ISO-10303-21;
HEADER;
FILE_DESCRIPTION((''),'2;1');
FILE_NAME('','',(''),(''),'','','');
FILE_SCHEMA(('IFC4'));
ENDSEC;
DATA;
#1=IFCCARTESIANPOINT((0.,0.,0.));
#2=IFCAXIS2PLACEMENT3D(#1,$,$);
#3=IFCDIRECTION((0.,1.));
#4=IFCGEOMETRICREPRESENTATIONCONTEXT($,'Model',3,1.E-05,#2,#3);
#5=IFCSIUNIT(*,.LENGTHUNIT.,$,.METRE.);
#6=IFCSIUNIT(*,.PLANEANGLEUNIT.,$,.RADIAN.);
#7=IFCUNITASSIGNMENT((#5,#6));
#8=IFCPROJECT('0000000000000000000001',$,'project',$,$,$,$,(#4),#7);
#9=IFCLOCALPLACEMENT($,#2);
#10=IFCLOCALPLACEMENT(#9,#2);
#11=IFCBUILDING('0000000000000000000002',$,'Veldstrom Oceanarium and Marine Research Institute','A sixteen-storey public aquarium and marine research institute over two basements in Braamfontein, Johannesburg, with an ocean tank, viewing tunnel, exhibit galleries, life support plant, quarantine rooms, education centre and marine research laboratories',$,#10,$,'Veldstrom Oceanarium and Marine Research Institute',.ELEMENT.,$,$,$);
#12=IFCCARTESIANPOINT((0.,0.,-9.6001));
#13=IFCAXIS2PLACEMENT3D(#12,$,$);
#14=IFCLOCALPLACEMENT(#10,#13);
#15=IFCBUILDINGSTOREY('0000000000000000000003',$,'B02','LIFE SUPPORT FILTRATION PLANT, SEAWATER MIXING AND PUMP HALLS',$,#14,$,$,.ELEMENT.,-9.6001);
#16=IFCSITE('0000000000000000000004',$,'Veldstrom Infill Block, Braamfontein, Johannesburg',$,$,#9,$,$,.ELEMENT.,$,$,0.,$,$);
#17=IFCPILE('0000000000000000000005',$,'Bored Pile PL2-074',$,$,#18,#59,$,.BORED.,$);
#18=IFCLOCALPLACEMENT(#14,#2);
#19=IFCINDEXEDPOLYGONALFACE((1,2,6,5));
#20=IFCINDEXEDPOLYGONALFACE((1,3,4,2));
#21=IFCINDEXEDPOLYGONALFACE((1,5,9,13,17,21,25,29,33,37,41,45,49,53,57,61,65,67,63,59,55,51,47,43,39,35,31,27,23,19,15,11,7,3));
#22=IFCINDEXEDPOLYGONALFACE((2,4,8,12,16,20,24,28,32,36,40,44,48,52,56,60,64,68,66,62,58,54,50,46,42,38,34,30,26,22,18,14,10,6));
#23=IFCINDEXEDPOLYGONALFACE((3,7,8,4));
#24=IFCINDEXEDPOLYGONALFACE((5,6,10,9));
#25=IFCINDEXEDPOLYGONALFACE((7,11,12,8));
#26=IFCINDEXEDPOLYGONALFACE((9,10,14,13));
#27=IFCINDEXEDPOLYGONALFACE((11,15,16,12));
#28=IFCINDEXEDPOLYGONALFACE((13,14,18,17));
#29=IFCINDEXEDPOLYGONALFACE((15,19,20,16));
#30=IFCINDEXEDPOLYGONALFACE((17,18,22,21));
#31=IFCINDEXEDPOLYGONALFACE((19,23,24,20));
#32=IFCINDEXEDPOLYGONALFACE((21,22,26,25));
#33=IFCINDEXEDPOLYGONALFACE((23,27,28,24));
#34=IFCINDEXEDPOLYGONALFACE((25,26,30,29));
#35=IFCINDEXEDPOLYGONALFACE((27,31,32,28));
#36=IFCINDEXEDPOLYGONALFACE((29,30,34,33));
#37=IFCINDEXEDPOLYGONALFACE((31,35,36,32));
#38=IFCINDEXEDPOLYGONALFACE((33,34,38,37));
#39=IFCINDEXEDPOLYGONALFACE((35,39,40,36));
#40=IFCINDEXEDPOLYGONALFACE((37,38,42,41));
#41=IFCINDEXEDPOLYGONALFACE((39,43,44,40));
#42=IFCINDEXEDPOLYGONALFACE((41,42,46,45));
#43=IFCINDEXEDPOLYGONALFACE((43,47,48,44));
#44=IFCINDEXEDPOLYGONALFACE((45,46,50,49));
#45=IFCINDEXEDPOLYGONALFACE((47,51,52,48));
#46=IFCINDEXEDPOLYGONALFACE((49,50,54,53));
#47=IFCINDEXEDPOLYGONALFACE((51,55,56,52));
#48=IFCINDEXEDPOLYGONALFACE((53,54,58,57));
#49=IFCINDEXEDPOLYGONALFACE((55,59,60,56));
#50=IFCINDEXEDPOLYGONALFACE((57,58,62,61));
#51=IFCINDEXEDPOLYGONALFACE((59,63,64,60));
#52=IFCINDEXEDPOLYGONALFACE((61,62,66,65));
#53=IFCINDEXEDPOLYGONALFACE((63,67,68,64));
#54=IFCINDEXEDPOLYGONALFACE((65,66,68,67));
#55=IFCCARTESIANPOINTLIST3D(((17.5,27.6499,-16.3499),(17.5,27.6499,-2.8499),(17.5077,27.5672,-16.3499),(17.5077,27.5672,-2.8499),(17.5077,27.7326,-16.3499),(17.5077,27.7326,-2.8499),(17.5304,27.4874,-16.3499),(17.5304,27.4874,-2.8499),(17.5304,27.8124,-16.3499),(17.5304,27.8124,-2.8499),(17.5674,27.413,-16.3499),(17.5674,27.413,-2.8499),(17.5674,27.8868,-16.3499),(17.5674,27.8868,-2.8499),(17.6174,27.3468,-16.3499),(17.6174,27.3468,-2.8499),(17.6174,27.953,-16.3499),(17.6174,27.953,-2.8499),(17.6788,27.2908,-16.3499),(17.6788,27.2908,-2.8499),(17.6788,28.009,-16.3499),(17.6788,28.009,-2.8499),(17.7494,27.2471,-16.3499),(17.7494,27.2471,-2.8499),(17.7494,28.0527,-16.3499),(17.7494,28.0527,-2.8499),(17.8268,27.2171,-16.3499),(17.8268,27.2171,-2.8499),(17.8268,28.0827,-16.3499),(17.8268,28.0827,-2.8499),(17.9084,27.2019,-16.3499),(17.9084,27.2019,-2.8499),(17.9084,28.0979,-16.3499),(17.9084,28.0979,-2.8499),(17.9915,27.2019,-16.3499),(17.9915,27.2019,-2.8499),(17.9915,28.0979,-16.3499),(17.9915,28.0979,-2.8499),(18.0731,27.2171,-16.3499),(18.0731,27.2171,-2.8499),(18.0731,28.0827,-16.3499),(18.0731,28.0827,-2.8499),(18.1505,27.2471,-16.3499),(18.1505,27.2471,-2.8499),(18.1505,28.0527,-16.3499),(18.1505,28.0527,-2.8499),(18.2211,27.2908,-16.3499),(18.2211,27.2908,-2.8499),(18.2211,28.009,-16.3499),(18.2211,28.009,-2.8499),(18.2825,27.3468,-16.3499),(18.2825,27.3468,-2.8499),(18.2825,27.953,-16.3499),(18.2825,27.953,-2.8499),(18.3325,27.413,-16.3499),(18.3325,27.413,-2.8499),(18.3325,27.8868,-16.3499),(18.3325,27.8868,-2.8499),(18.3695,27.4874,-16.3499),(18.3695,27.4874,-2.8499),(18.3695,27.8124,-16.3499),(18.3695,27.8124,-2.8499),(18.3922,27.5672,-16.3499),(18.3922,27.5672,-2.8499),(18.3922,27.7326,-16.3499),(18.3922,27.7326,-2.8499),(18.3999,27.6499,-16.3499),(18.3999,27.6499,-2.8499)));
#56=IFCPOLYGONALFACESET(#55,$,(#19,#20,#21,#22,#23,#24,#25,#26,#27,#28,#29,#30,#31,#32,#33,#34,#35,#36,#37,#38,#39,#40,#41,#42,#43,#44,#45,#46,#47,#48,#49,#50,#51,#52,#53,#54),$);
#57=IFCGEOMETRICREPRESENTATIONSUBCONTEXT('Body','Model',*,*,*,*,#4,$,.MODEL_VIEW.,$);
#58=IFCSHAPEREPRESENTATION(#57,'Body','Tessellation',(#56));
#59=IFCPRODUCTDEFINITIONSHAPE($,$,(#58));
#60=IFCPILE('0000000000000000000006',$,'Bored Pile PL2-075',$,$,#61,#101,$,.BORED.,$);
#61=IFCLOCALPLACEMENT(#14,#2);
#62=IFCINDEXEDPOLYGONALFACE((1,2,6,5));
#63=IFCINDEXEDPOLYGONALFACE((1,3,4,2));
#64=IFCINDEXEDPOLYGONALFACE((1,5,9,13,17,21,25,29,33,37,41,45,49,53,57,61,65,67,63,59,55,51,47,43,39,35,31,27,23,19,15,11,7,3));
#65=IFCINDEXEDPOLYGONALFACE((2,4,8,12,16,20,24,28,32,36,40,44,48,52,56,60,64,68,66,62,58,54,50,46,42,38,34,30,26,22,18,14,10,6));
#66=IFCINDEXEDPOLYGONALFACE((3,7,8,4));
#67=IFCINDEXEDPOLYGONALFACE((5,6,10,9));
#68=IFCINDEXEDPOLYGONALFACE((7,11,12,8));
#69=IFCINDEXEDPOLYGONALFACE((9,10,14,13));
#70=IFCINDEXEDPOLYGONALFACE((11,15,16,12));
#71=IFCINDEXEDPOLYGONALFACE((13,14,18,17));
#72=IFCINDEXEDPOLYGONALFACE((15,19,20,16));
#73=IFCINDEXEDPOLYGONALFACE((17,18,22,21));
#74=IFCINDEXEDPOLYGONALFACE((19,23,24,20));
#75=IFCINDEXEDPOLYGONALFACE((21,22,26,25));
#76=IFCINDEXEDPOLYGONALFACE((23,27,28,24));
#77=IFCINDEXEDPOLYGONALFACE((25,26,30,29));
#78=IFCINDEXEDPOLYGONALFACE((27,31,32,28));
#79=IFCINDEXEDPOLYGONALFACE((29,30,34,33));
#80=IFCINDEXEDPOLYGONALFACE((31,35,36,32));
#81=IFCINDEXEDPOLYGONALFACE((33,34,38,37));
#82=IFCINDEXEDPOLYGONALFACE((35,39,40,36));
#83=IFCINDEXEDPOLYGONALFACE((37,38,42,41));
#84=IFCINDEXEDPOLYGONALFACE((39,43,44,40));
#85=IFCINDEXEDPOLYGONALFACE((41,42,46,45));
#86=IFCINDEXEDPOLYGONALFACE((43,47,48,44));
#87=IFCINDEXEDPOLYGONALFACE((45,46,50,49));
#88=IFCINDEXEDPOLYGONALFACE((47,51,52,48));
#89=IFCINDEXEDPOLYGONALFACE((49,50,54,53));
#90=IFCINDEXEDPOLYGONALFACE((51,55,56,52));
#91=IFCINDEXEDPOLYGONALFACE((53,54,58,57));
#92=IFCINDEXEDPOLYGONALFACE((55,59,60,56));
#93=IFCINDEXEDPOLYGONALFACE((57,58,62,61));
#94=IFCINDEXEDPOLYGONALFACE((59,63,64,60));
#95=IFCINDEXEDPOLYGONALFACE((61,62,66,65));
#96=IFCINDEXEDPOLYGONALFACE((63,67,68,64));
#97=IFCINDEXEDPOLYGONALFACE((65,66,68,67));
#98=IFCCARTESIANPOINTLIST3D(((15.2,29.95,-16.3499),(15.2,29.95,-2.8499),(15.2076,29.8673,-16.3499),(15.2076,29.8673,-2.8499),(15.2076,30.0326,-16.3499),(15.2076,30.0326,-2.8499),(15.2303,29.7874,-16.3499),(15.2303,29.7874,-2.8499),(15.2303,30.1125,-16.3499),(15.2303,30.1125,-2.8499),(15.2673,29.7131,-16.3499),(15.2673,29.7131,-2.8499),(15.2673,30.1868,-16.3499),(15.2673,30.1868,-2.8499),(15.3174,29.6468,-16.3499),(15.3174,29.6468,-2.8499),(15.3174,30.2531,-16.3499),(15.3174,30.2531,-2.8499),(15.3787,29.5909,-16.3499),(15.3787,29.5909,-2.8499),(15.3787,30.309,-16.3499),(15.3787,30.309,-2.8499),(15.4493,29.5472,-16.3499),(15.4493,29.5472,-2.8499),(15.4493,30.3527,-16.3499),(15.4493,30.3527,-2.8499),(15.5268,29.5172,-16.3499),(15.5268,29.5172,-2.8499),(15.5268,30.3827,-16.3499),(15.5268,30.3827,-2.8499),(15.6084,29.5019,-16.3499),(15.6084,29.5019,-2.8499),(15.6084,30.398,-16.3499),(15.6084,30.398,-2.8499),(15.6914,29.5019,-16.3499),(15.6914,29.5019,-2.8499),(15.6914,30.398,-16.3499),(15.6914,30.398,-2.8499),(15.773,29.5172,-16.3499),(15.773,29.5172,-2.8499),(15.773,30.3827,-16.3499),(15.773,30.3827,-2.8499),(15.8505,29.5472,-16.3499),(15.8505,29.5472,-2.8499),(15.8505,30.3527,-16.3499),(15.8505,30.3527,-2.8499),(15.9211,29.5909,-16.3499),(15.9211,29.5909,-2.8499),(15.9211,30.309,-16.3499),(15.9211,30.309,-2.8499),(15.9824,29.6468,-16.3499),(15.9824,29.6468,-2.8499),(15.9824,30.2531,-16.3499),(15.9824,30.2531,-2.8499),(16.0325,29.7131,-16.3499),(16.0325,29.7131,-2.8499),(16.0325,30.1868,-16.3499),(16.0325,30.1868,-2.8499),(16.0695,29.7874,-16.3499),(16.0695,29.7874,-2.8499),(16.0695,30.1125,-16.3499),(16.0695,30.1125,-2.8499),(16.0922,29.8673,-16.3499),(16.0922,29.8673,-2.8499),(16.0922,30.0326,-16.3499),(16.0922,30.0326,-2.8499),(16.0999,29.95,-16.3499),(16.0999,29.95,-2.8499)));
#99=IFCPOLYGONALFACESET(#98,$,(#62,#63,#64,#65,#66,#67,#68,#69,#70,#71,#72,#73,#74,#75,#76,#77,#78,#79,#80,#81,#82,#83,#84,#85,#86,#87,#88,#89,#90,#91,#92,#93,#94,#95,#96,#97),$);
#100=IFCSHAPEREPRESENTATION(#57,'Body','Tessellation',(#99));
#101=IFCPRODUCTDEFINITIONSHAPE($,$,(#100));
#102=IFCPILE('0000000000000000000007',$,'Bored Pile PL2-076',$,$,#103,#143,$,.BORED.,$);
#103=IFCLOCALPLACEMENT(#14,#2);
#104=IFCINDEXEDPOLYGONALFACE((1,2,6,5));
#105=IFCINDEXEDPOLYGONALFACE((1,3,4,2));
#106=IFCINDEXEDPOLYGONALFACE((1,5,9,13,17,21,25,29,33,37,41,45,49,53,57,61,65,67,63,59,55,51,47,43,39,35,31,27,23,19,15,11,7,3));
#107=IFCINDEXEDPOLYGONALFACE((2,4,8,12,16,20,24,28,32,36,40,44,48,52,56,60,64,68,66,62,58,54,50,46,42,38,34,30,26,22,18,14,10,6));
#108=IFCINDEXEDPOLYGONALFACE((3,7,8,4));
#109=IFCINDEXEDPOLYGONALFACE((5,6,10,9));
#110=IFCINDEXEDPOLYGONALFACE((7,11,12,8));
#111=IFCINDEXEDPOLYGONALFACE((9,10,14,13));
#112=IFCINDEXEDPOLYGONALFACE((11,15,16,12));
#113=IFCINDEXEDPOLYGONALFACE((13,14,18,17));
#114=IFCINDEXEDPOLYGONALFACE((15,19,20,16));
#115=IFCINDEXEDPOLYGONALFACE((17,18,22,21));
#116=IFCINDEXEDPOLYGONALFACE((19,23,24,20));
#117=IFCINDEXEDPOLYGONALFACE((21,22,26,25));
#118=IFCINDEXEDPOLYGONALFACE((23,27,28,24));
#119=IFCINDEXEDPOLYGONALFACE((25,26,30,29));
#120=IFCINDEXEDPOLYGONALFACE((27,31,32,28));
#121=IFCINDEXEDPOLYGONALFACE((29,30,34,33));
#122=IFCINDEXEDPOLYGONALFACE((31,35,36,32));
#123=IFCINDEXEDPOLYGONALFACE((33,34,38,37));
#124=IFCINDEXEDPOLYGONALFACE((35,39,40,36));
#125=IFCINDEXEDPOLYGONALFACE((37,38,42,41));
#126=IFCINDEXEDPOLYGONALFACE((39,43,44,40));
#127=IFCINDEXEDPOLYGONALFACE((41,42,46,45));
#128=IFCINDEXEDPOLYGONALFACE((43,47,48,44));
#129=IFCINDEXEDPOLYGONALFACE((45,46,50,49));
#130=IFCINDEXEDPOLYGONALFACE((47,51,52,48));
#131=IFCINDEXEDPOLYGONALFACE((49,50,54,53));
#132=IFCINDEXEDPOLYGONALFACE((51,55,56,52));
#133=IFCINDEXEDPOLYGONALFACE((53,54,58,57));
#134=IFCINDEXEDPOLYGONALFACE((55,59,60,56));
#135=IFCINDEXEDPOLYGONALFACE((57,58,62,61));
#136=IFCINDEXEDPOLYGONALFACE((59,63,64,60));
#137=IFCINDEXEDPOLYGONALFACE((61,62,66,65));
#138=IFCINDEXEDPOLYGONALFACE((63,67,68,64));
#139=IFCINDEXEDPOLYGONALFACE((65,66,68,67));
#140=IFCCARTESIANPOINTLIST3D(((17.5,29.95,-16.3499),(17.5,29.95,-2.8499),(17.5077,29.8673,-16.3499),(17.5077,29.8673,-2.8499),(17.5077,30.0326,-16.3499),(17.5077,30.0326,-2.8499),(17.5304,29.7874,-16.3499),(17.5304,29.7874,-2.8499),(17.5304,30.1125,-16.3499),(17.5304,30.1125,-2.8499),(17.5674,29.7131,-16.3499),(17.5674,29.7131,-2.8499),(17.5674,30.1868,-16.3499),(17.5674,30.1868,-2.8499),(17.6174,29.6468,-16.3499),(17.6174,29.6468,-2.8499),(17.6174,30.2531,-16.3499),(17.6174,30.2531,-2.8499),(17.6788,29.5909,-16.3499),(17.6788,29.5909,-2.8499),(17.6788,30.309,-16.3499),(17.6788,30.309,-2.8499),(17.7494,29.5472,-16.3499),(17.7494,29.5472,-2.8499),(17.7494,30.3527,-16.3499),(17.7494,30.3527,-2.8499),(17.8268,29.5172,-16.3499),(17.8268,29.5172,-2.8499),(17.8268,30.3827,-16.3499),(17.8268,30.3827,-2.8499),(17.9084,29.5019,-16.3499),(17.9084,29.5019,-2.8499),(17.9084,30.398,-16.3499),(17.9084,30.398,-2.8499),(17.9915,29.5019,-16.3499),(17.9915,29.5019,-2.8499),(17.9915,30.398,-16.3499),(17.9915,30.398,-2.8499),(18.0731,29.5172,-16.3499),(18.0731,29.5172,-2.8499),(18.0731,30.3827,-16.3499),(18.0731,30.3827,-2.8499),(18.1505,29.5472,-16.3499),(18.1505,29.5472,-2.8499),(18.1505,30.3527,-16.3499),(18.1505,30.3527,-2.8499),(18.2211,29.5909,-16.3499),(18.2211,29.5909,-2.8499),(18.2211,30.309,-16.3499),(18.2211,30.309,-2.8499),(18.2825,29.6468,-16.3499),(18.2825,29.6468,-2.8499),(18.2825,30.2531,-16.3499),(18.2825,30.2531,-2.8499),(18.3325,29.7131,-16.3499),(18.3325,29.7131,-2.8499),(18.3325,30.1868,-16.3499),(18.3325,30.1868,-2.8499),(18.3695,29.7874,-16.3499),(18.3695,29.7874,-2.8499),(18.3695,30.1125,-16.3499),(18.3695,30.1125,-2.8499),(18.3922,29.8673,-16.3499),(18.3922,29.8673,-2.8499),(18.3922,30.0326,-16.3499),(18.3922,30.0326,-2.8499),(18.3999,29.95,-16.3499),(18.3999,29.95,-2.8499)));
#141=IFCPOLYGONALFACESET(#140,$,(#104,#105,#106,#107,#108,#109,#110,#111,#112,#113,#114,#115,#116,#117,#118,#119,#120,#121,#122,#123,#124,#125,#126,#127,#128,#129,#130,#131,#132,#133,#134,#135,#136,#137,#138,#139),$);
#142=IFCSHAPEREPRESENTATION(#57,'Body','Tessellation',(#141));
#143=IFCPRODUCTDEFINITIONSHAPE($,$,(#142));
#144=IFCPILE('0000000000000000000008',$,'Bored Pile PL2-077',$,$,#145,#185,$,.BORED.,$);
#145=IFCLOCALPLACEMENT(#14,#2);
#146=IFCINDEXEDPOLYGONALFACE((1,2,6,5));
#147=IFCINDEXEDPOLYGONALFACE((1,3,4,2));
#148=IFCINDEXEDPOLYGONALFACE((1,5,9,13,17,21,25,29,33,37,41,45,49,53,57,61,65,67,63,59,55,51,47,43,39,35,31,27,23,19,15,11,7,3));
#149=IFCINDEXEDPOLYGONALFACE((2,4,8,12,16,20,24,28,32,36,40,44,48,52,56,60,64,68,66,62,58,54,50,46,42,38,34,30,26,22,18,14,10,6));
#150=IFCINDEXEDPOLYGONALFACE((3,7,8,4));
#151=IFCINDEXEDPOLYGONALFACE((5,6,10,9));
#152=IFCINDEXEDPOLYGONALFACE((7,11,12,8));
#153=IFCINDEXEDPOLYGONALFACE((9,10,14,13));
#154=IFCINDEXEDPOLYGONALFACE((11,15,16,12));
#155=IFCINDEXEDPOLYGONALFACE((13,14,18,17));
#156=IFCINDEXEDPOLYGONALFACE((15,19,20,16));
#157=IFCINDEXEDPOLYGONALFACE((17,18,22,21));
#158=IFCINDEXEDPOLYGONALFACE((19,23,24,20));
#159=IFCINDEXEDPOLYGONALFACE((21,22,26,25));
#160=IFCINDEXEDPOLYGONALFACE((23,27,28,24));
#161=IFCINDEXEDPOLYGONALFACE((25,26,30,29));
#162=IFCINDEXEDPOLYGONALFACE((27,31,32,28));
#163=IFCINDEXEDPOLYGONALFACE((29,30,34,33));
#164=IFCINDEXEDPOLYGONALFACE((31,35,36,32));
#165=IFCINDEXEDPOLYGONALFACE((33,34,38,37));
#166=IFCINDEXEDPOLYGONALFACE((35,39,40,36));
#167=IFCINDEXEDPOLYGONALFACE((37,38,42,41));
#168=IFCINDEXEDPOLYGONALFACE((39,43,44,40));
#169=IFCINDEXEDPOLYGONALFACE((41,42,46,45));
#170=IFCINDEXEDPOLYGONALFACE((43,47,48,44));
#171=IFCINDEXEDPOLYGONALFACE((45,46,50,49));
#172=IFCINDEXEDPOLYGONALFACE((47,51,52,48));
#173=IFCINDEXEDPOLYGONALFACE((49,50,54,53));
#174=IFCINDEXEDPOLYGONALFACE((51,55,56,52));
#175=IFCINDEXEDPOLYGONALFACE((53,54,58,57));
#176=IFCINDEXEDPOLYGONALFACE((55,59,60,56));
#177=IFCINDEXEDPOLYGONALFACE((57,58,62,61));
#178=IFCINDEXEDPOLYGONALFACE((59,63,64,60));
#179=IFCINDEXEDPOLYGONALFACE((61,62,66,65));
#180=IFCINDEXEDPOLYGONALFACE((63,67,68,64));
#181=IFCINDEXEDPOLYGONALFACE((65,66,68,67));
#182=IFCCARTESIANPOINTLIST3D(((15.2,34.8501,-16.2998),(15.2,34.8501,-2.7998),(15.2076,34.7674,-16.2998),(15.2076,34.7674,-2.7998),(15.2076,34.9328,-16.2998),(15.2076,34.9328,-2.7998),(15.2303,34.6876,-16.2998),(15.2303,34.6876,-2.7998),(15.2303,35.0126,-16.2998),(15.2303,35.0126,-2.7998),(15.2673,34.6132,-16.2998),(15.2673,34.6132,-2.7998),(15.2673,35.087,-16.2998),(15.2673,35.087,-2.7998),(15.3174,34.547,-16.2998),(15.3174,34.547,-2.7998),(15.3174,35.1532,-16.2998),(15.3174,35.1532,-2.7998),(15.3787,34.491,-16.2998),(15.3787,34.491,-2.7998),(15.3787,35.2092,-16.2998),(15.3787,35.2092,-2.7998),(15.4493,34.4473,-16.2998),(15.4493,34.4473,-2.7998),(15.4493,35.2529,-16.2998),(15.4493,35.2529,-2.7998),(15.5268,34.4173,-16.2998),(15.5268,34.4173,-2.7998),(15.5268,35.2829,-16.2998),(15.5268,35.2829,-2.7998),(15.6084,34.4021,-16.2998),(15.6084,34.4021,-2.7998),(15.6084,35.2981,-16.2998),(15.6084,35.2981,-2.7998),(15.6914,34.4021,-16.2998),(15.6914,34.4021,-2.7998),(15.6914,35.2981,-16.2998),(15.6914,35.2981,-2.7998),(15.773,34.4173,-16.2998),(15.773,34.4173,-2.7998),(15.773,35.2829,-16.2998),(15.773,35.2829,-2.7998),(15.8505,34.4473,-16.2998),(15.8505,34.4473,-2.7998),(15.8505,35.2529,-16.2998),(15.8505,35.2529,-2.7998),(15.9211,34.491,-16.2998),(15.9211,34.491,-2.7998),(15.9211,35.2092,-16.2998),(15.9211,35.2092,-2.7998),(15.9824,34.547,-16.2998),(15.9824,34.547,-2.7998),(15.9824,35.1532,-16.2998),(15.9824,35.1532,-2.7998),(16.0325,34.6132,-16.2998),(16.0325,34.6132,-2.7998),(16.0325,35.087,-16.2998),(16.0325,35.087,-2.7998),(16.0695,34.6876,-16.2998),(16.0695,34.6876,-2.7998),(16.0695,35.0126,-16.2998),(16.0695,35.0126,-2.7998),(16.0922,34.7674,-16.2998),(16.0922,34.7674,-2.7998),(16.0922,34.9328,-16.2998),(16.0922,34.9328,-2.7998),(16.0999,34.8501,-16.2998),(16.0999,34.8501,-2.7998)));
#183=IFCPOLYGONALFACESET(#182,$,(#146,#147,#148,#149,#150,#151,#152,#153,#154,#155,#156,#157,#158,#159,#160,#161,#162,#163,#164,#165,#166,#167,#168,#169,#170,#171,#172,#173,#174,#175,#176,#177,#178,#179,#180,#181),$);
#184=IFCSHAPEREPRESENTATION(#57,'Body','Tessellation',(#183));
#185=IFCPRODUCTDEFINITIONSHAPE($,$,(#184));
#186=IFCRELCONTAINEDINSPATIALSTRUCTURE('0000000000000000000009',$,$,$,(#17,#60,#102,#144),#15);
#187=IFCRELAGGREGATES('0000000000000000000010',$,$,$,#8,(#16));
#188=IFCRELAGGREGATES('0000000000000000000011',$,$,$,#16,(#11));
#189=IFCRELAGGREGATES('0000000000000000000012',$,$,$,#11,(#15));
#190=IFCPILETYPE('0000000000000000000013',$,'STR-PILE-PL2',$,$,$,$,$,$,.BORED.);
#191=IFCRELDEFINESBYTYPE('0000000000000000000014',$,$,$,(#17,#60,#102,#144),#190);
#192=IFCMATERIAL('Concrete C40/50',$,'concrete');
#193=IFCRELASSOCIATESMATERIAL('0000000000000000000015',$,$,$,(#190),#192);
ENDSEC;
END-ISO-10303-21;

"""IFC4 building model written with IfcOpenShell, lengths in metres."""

from ifc_helpers import new_model, si_unit, direction, frame, origin, origin_2d, place, context, subcontext, project, spatial, circle, extrude, material, material_profile, profile_set, type_object, element, save


model = new_model("IFC4")

# Units and contexts
model_context = context("Model", 3, precision=1e-05, world=origin(), true_north=direction((0.0, 1.0)))
body_context = subcontext(model_context, "Body", "Model", "MODEL_VIEW")
ifc_project = project(units=[si_unit("LENGTHUNIT", "METRE"), si_unit("PLANEANGLEUNIT", "RADIAN")], contexts=[model_context])

# Site, building, storey
site_placement = place(None, origin())
site = spatial("IfcSite", under=ifc_project, at=site_placement, Name="Veldstrom Infill Block, Braamfontein, Johannesburg", CompositionType="ELEMENT", RefElevation=0.0)
building_placement = place(site_placement, origin())
building = spatial("IfcBuilding", under=site, at=building_placement, Name="Veldstrom Oceanarium and Marine Research Institute", Description="A sixteen-storey public aquarium and marine research institute over two basements in Braamfontein, Johannesburg, with an ocean tank, viewing tunnel, exhibit galleries, life support plant, quarantine rooms, education centre and marine research laboratories", LongName="Veldstrom Oceanarium and Marine Research Institute", CompositionType="ELEMENT")
storey_placement = place(building_placement, frame((0.0, 0.0, -9.6001)))
storey = spatial("IfcBuildingStorey", under=building, at=storey_placement, Name="B02", Description="LIFE SUPPORT FILTRATION PLANT, SEAWATER MIXING AND PUMP HALLS", CompositionType="ELEMENT", Elevation=-9.6001)

# Piles
ifc_material_1 = material(Name="Concrete C40/50", Category="concrete")
ifc_material_profile_1 = material_profile(ifc_material_1, circle(Radius=0.45, at=origin_2d()), Name="PILE-D900")
ifc_profile_set_1 = profile_set([ifc_material_profile_1], Name="Concrete C40/50")
pile_type = type_object("IfcPileType", Name="STR-PILE-PL2", PredefinedType="BORED", material=ifc_profile_set_1)
for number, where, z_axis, x_axis, name in (
    (1, (17.95, 27.6499, -2.8499), (0.0, 0.0, -1.0), (1.0, 0.0, 0.0), "Bored Pile PL2-074"),
    (2, (15.6499, 29.95, -2.8499), (0.0, 0.0, -1.0), (1.0, 0.0, 0.0), "Bored Pile PL2-075"),
    (3, (17.95, 29.95, -2.8499), (0.0, 0.0, -1.0), (1.0, 0.0, 0.0), "Bored Pile PL2-076"),
    (4, (15.6499, 34.8501, -2.7998), (0.0, 0.0, -1.0), (1.0, 0.0, 0.0), "Bored Pile PL2-077"),
):
    element("IfcPile", number, at=place(storey_placement, frame(where, z_axis=z_axis, x_axis=x_axis)), inside=storey, type_object=pile_type, Name=name, PredefinedType="BORED", context=body_context, shape_type="SweptSolid", body=[
        extrude(circle(Radius=0.45, at=origin_2d()), origin(), (0.0, 0.0, 1.0), 13.5),
    ])

save(model, "model.ifc")
